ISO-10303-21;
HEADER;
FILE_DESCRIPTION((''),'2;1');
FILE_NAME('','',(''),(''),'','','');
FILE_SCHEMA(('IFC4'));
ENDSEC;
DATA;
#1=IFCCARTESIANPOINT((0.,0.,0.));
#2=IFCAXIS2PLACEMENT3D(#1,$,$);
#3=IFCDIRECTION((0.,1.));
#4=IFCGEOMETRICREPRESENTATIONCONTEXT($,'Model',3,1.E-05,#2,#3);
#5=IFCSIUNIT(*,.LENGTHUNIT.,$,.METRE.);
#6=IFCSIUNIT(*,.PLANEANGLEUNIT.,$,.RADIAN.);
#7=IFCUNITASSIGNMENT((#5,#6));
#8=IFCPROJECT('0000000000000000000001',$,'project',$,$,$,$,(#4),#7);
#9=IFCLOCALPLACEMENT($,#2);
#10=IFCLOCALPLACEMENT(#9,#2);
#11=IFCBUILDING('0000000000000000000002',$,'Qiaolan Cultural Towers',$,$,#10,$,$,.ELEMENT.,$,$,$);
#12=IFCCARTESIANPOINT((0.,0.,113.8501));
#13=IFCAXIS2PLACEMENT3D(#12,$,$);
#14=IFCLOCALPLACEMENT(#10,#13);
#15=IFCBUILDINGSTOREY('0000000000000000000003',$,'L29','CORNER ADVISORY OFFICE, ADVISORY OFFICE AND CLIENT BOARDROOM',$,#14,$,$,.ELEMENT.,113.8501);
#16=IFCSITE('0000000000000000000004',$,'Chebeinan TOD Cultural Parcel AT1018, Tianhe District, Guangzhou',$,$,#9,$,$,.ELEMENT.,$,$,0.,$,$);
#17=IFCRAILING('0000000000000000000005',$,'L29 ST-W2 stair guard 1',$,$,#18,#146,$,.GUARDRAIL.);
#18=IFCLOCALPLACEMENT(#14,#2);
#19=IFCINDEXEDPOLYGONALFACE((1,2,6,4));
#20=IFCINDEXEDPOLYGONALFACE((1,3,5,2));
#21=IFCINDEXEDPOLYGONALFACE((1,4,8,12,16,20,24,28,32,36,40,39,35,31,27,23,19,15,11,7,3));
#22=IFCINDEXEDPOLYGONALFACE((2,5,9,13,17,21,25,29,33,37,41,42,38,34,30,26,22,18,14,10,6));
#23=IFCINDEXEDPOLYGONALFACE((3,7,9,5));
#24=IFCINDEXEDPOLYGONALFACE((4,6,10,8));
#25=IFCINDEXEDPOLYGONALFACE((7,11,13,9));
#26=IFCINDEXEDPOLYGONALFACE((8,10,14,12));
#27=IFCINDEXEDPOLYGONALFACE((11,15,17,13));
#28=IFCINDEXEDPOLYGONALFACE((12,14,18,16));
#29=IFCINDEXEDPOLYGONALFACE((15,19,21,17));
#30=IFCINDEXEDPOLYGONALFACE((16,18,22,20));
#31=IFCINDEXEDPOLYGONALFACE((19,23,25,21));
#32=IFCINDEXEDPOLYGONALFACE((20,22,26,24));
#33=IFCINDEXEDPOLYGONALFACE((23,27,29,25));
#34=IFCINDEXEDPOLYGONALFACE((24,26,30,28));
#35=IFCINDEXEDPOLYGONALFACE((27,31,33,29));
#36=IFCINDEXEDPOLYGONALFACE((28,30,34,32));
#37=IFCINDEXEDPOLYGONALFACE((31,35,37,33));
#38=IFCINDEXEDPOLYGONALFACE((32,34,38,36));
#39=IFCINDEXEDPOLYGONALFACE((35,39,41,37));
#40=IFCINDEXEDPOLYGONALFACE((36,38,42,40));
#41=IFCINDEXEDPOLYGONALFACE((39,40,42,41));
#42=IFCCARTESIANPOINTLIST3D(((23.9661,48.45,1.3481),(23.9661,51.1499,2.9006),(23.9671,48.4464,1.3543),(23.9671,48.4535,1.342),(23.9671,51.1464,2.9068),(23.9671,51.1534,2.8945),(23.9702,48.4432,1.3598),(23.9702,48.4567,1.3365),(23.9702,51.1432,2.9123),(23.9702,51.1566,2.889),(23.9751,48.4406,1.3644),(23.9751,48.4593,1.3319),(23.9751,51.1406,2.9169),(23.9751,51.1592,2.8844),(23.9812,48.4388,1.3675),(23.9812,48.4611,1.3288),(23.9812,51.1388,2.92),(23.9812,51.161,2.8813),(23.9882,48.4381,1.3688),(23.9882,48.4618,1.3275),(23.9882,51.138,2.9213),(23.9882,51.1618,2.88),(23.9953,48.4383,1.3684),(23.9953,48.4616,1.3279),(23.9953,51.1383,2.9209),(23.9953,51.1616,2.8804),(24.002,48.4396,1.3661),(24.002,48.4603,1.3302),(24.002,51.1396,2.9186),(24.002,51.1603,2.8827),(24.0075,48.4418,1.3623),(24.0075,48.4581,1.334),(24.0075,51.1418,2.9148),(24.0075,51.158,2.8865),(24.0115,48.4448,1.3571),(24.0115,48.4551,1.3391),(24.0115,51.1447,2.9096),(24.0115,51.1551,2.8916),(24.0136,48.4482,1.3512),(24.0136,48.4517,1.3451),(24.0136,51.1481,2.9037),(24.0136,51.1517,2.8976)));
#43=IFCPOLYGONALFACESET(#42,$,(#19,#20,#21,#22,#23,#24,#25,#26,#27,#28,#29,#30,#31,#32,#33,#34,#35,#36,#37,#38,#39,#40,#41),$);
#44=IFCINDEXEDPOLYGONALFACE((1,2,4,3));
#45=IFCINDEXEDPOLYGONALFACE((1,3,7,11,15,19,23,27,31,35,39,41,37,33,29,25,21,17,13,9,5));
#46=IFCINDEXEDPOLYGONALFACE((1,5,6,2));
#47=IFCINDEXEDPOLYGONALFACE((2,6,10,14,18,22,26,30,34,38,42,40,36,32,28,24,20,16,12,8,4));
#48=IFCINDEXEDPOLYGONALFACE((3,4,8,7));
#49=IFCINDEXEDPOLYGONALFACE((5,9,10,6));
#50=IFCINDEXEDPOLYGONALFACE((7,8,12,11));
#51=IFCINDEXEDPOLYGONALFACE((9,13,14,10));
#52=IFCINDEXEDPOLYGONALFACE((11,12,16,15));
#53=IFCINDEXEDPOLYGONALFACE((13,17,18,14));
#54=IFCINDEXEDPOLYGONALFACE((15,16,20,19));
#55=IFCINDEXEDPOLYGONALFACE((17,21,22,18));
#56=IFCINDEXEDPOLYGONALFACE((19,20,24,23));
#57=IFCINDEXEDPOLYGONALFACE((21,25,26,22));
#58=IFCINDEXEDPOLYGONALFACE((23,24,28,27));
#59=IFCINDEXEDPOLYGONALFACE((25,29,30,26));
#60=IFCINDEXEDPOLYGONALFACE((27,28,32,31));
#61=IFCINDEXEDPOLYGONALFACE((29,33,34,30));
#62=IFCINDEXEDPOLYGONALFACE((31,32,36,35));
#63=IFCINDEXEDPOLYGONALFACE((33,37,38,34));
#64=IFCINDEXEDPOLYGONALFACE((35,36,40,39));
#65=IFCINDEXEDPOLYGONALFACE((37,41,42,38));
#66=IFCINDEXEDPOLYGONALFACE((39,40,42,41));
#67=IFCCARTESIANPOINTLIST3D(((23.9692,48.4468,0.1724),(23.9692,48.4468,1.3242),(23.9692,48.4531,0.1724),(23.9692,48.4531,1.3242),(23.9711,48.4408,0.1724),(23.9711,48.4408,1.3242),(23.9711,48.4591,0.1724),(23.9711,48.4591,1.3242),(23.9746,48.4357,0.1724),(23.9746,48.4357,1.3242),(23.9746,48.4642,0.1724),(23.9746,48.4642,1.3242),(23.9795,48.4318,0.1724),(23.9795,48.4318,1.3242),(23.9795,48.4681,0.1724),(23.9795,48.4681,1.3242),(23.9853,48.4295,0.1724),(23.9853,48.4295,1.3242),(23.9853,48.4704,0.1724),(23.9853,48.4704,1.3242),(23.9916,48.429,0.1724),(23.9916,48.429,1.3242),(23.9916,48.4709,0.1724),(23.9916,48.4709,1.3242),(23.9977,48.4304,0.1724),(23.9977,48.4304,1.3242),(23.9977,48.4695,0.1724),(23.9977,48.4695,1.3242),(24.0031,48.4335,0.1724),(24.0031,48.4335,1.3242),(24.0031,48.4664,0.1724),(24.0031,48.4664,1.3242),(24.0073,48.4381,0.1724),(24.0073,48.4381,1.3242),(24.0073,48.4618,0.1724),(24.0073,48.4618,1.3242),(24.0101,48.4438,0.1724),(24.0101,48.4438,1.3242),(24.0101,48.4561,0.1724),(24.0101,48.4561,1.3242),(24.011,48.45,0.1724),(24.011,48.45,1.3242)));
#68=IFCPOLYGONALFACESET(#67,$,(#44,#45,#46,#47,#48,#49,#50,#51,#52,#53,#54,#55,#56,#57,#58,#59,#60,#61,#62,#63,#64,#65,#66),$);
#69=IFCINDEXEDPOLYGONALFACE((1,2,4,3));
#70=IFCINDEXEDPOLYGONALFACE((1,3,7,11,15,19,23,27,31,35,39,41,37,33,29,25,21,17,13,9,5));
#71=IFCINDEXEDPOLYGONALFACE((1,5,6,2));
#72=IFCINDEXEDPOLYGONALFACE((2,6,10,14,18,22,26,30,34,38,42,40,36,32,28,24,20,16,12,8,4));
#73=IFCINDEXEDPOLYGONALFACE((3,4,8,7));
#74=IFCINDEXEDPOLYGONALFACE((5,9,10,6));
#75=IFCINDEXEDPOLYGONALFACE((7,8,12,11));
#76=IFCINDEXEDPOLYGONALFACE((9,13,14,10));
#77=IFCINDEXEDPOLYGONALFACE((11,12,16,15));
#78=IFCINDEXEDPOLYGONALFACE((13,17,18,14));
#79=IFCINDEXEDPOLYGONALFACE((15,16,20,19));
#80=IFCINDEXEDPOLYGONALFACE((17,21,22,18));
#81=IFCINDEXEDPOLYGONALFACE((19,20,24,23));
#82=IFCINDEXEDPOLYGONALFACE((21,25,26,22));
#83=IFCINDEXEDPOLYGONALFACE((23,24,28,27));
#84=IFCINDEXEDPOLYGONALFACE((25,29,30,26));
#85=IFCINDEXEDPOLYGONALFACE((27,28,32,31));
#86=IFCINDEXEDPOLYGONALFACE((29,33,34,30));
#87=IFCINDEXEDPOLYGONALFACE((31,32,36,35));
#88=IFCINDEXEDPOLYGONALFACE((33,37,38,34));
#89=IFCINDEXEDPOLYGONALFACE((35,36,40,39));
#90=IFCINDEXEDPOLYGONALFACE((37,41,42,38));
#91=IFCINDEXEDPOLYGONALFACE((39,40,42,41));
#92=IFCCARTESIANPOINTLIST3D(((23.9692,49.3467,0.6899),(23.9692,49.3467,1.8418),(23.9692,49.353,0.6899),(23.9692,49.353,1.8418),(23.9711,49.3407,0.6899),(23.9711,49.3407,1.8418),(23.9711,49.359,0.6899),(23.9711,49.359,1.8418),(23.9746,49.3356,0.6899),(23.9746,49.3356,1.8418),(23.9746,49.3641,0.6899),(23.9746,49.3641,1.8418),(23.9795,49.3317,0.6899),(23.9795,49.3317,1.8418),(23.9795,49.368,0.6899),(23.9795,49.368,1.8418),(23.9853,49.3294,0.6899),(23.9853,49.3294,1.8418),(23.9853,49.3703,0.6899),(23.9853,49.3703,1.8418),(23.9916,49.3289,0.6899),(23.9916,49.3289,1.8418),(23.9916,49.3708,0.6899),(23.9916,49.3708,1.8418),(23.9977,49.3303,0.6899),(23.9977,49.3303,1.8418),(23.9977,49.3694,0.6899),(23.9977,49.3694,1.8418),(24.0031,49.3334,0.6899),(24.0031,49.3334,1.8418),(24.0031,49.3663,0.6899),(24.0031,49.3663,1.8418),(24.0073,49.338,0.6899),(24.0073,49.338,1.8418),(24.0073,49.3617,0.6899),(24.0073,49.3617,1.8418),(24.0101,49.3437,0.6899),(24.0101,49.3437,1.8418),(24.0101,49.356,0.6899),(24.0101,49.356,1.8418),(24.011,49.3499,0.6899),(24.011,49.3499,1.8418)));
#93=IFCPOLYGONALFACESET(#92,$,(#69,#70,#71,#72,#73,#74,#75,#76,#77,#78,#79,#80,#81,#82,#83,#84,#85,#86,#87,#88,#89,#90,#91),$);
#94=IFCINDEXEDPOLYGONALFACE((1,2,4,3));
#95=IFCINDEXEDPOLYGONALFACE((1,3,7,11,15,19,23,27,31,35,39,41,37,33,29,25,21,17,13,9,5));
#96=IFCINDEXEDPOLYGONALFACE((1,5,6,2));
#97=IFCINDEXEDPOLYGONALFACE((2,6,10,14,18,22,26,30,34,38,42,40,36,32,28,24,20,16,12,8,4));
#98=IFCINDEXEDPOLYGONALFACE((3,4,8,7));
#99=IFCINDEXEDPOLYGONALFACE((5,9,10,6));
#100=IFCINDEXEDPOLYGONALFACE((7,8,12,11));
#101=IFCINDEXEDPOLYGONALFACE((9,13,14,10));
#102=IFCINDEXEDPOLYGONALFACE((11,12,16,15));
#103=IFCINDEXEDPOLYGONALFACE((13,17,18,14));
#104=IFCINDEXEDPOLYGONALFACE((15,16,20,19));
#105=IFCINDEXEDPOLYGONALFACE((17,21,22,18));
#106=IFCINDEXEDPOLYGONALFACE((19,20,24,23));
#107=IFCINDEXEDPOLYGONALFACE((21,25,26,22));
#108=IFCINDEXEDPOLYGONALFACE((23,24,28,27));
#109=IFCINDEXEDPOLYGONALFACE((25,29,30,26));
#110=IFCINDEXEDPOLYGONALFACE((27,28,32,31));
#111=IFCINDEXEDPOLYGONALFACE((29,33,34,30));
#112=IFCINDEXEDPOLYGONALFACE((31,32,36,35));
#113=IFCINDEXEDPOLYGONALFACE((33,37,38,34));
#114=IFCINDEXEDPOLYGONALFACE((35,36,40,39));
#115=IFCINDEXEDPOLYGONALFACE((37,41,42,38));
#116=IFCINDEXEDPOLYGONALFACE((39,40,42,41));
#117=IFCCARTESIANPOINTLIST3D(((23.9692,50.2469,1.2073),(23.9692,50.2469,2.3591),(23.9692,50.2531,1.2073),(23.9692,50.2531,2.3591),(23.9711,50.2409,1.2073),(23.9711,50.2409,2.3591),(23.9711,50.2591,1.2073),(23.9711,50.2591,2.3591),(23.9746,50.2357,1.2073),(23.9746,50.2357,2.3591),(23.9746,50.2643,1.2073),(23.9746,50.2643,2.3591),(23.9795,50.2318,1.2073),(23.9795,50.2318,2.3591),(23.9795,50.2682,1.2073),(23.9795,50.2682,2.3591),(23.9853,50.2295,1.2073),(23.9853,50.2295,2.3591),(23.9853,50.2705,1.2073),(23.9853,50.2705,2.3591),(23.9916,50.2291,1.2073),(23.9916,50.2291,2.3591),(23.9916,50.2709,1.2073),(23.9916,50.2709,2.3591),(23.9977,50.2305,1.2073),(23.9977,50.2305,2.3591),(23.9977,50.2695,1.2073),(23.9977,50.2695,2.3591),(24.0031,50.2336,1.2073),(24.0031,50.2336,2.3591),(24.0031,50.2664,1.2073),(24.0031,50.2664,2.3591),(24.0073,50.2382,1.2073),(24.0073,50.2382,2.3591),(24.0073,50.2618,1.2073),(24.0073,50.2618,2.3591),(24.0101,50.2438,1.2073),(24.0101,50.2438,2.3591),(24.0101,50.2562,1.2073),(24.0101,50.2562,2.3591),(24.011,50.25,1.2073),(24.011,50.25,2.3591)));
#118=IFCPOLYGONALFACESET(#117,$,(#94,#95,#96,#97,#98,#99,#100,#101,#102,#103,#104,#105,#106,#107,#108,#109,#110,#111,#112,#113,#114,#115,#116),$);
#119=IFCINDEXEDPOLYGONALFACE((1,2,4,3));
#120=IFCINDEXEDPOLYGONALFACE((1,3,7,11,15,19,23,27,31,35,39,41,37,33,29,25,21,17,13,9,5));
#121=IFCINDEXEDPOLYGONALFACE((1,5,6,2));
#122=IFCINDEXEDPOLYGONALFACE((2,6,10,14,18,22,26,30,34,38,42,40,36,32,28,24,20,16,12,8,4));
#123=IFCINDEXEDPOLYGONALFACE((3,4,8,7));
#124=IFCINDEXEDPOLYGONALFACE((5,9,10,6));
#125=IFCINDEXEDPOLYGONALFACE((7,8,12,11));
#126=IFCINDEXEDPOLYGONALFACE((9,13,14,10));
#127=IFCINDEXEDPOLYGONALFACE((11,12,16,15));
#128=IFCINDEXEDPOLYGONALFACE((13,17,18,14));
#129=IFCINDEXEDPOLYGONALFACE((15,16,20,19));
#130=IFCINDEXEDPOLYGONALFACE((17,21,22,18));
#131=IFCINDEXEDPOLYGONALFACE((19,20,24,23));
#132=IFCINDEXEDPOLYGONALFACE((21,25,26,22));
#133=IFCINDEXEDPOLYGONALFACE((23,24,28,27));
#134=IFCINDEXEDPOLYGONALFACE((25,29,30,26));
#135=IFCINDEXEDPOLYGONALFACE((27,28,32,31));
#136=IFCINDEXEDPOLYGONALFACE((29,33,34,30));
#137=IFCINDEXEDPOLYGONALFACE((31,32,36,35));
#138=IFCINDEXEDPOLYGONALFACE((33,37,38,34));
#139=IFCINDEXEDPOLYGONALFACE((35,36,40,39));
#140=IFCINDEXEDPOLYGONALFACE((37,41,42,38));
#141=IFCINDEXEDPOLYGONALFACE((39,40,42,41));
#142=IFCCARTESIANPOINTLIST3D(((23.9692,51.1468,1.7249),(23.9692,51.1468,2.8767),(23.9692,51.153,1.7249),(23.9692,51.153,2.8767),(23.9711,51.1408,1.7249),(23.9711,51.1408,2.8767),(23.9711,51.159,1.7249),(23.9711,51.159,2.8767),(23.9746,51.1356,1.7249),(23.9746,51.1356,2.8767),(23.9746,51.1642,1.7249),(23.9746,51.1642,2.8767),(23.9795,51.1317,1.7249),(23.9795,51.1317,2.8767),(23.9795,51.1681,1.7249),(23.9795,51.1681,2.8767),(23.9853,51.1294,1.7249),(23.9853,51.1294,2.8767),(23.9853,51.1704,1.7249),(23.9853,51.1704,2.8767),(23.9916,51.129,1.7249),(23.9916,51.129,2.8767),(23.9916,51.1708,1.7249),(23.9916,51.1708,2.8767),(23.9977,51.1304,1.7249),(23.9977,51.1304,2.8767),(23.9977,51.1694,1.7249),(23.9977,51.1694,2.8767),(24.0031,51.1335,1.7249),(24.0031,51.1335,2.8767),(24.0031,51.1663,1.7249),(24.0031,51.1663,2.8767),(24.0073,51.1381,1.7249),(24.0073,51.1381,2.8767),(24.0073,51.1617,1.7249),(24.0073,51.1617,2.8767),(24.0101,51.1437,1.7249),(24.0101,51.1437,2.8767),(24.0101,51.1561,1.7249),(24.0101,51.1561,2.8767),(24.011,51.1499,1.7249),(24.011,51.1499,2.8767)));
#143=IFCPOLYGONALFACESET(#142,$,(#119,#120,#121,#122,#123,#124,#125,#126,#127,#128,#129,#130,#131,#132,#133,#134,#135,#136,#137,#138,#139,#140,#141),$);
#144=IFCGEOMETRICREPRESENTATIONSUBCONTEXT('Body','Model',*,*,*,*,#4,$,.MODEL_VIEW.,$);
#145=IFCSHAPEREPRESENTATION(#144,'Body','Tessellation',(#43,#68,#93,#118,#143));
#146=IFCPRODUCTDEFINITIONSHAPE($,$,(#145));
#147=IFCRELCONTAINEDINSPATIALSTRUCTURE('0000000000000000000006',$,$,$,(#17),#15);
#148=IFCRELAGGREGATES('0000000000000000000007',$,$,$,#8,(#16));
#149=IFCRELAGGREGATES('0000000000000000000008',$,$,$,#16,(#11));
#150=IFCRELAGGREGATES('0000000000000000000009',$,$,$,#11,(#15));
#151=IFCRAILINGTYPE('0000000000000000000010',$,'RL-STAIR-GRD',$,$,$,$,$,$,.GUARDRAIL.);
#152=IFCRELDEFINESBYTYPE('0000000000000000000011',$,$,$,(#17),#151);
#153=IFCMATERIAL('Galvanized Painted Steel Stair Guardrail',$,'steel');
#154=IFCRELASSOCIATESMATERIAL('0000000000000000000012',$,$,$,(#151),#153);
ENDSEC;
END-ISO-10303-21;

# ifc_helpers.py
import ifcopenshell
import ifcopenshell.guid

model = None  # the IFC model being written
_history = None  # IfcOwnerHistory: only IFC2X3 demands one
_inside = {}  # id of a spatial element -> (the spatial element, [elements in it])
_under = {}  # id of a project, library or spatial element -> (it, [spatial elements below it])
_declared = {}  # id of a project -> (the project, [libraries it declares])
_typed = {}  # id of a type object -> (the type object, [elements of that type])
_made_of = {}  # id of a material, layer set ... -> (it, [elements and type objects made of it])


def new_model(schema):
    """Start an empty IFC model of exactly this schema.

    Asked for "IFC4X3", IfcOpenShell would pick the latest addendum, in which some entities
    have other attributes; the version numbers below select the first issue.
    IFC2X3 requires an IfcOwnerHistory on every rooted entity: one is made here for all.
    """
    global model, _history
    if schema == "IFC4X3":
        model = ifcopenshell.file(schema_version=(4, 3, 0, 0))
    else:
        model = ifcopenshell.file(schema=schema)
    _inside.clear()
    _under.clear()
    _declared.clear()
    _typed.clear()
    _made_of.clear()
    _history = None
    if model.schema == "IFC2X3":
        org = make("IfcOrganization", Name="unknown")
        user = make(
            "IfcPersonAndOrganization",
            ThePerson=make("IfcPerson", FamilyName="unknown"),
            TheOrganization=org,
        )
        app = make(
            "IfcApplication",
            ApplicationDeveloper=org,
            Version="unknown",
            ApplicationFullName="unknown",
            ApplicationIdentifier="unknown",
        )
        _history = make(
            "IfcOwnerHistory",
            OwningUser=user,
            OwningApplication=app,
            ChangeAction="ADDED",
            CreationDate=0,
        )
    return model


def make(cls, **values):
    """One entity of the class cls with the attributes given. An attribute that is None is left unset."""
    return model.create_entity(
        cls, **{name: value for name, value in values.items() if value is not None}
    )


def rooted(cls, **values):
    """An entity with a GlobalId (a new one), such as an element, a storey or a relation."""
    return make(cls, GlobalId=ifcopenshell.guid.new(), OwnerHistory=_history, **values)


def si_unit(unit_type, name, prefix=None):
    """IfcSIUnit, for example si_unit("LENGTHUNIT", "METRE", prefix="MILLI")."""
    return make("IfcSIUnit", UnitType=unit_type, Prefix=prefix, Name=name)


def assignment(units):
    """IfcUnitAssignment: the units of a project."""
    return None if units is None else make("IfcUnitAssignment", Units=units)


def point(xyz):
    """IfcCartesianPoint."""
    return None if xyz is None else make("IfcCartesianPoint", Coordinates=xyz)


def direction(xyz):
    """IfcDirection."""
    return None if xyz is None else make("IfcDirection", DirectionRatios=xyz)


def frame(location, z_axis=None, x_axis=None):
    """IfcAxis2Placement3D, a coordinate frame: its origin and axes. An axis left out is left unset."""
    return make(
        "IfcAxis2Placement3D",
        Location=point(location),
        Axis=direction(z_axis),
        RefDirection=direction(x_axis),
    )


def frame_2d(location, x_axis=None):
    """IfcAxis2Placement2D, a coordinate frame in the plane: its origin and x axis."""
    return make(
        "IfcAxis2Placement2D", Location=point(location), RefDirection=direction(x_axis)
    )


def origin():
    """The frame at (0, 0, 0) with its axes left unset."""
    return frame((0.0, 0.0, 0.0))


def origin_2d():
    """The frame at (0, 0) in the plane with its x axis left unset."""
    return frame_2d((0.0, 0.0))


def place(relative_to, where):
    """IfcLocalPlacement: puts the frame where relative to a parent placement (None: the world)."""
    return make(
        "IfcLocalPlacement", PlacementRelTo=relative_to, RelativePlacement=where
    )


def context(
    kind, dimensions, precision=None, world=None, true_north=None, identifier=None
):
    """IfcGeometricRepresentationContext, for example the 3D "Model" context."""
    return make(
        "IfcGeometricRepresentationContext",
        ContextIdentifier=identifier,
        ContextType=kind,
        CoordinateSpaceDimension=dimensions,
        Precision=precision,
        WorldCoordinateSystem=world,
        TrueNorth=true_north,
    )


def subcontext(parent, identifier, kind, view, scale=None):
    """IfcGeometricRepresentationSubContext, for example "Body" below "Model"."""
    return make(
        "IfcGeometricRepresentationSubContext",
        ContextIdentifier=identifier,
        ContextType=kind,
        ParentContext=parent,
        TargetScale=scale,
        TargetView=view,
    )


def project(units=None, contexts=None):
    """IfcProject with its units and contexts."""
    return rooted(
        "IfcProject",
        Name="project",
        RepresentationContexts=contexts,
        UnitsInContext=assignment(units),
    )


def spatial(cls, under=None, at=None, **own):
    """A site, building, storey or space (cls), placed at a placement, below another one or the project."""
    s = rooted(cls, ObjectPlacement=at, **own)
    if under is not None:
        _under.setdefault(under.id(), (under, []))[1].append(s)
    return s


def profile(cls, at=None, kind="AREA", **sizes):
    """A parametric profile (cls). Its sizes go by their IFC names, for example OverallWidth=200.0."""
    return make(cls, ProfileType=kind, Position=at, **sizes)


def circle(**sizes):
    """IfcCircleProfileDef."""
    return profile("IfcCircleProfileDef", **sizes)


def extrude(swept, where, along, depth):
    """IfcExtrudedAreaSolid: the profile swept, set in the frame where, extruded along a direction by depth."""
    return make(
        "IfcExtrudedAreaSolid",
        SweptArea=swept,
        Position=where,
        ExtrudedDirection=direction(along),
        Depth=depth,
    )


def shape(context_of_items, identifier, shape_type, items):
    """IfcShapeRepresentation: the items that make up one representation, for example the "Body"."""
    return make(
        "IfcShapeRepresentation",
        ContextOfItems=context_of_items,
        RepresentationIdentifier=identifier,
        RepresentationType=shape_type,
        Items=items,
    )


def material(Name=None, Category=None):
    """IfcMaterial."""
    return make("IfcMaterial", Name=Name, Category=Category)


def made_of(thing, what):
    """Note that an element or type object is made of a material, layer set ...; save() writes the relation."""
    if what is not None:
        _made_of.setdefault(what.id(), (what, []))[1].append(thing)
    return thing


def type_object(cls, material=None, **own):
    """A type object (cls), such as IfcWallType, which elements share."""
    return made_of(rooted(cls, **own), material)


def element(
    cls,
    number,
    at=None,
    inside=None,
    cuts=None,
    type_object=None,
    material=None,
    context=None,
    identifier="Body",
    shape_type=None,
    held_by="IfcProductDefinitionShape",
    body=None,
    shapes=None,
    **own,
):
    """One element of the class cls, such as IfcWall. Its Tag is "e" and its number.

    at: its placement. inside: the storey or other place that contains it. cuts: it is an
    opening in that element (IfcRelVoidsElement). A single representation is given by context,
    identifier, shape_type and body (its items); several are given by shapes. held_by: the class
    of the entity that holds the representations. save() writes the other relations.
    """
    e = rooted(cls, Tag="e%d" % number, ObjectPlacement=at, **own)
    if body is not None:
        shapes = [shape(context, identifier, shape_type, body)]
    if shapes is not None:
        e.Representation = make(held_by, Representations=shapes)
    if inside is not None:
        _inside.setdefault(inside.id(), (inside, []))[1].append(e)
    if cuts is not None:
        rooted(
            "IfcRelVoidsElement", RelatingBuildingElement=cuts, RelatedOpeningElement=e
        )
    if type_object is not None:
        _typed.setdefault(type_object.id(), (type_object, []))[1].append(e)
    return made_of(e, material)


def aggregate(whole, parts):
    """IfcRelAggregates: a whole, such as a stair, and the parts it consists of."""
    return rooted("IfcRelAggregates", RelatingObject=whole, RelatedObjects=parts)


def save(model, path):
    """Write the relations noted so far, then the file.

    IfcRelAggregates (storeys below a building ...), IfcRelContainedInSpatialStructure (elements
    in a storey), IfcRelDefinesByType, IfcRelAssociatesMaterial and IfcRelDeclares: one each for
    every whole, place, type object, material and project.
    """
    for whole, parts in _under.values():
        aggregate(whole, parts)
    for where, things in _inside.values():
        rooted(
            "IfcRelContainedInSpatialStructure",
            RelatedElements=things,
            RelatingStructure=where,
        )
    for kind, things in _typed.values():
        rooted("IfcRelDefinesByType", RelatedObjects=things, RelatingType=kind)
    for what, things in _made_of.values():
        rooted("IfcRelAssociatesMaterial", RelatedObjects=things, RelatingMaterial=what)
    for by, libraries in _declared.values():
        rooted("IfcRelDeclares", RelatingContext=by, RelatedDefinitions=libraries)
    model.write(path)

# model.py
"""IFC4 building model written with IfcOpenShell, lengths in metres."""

from ifc_helpers import new_model, si_unit, direction, frame, origin, origin_2d, place, context, subcontext, project, spatial, circle, extrude, material, type_object, element, save


model = new_model("IFC4")

# Units and contexts
model_context = context("Model", 3, precision=1e-05, world=origin(), true_north=direction((0.0, 1.0)))
body_context = subcontext(model_context, "Body", "Model", "MODEL_VIEW")
ifc_project = project(units=[si_unit("LENGTHUNIT", "METRE"), si_unit("PLANEANGLEUNIT", "RADIAN")], contexts=[model_context])

# Site, building, storey
site_placement = place(None, origin())
site = spatial("IfcSite", under=ifc_project, at=site_placement, Name="Chebeinan TOD Cultural Parcel AT1018, Tianhe District, Guangzhou", CompositionType="ELEMENT", RefElevation=0.0)
building_placement = place(site_placement, origin())
building = spatial("IfcBuilding", under=site, at=building_placement, Name="Qiaolan Cultural Towers", CompositionType="ELEMENT")
storey_placement = place(building_placement, frame((0.0, 0.0, 113.8501)))
storey = spatial("IfcBuildingStorey", under=building, at=storey_placement, Name="L29", Description="CORNER ADVISORY OFFICE, ADVISORY OFFICE AND CLIENT BOARDROOM", CompositionType="ELEMENT", Elevation=113.8501)

# Railing
ifc_material_1 = material(Name="Galvanized Painted Steel Stair Guardrail", Category="steel")
railing_type_1 = type_object("IfcRailingType", Name="RL-STAIR-GRD", PredefinedType="GUARDRAIL", material=ifc_material_1)
railing_1_placement = place(storey_placement, frame((23.99, 48.45, 0.1724)))
element("IfcRailing", 1, at=railing_1_placement, inside=storey, type_object=railing_type_1, Name="L29 ST-W2 stair guard 1", PredefinedType="GUARDRAIL", context=body_context, shape_type="SweptSolid", body=[
    extrude(circle(Radius=0.0239, at=origin_2d()), frame((0.0, 0.0, 1.1758), z_axis=(0.0, 0.866904, 0.498476), x_axis=(-1.0, 0.0, 0.0)), (0.0, 0.0, 1.0), 3.1145),
    extrude(circle(Radius=0.021, at=origin_2d()), origin(), (0.0, 0.0, 1.0), 1.1519),
    extrude(circle(Radius=0.021, at=origin_2d()), frame((0.0, 0.8999, 0.5176)), (0.0, 0.0, 1.0), 1.1519),
    extrude(circle(Radius=0.021, at=origin_2d()), frame((0.0, 1.8, 1.0349)), (0.0, 0.0, 1.0), 1.1519),
    extrude(circle(Radius=0.021, at=origin_2d()), frame((0.0, 2.7, 1.5525)), (0.0, 0.0, 1.0), 1.1519),
])

save(model, "model.ifc")
